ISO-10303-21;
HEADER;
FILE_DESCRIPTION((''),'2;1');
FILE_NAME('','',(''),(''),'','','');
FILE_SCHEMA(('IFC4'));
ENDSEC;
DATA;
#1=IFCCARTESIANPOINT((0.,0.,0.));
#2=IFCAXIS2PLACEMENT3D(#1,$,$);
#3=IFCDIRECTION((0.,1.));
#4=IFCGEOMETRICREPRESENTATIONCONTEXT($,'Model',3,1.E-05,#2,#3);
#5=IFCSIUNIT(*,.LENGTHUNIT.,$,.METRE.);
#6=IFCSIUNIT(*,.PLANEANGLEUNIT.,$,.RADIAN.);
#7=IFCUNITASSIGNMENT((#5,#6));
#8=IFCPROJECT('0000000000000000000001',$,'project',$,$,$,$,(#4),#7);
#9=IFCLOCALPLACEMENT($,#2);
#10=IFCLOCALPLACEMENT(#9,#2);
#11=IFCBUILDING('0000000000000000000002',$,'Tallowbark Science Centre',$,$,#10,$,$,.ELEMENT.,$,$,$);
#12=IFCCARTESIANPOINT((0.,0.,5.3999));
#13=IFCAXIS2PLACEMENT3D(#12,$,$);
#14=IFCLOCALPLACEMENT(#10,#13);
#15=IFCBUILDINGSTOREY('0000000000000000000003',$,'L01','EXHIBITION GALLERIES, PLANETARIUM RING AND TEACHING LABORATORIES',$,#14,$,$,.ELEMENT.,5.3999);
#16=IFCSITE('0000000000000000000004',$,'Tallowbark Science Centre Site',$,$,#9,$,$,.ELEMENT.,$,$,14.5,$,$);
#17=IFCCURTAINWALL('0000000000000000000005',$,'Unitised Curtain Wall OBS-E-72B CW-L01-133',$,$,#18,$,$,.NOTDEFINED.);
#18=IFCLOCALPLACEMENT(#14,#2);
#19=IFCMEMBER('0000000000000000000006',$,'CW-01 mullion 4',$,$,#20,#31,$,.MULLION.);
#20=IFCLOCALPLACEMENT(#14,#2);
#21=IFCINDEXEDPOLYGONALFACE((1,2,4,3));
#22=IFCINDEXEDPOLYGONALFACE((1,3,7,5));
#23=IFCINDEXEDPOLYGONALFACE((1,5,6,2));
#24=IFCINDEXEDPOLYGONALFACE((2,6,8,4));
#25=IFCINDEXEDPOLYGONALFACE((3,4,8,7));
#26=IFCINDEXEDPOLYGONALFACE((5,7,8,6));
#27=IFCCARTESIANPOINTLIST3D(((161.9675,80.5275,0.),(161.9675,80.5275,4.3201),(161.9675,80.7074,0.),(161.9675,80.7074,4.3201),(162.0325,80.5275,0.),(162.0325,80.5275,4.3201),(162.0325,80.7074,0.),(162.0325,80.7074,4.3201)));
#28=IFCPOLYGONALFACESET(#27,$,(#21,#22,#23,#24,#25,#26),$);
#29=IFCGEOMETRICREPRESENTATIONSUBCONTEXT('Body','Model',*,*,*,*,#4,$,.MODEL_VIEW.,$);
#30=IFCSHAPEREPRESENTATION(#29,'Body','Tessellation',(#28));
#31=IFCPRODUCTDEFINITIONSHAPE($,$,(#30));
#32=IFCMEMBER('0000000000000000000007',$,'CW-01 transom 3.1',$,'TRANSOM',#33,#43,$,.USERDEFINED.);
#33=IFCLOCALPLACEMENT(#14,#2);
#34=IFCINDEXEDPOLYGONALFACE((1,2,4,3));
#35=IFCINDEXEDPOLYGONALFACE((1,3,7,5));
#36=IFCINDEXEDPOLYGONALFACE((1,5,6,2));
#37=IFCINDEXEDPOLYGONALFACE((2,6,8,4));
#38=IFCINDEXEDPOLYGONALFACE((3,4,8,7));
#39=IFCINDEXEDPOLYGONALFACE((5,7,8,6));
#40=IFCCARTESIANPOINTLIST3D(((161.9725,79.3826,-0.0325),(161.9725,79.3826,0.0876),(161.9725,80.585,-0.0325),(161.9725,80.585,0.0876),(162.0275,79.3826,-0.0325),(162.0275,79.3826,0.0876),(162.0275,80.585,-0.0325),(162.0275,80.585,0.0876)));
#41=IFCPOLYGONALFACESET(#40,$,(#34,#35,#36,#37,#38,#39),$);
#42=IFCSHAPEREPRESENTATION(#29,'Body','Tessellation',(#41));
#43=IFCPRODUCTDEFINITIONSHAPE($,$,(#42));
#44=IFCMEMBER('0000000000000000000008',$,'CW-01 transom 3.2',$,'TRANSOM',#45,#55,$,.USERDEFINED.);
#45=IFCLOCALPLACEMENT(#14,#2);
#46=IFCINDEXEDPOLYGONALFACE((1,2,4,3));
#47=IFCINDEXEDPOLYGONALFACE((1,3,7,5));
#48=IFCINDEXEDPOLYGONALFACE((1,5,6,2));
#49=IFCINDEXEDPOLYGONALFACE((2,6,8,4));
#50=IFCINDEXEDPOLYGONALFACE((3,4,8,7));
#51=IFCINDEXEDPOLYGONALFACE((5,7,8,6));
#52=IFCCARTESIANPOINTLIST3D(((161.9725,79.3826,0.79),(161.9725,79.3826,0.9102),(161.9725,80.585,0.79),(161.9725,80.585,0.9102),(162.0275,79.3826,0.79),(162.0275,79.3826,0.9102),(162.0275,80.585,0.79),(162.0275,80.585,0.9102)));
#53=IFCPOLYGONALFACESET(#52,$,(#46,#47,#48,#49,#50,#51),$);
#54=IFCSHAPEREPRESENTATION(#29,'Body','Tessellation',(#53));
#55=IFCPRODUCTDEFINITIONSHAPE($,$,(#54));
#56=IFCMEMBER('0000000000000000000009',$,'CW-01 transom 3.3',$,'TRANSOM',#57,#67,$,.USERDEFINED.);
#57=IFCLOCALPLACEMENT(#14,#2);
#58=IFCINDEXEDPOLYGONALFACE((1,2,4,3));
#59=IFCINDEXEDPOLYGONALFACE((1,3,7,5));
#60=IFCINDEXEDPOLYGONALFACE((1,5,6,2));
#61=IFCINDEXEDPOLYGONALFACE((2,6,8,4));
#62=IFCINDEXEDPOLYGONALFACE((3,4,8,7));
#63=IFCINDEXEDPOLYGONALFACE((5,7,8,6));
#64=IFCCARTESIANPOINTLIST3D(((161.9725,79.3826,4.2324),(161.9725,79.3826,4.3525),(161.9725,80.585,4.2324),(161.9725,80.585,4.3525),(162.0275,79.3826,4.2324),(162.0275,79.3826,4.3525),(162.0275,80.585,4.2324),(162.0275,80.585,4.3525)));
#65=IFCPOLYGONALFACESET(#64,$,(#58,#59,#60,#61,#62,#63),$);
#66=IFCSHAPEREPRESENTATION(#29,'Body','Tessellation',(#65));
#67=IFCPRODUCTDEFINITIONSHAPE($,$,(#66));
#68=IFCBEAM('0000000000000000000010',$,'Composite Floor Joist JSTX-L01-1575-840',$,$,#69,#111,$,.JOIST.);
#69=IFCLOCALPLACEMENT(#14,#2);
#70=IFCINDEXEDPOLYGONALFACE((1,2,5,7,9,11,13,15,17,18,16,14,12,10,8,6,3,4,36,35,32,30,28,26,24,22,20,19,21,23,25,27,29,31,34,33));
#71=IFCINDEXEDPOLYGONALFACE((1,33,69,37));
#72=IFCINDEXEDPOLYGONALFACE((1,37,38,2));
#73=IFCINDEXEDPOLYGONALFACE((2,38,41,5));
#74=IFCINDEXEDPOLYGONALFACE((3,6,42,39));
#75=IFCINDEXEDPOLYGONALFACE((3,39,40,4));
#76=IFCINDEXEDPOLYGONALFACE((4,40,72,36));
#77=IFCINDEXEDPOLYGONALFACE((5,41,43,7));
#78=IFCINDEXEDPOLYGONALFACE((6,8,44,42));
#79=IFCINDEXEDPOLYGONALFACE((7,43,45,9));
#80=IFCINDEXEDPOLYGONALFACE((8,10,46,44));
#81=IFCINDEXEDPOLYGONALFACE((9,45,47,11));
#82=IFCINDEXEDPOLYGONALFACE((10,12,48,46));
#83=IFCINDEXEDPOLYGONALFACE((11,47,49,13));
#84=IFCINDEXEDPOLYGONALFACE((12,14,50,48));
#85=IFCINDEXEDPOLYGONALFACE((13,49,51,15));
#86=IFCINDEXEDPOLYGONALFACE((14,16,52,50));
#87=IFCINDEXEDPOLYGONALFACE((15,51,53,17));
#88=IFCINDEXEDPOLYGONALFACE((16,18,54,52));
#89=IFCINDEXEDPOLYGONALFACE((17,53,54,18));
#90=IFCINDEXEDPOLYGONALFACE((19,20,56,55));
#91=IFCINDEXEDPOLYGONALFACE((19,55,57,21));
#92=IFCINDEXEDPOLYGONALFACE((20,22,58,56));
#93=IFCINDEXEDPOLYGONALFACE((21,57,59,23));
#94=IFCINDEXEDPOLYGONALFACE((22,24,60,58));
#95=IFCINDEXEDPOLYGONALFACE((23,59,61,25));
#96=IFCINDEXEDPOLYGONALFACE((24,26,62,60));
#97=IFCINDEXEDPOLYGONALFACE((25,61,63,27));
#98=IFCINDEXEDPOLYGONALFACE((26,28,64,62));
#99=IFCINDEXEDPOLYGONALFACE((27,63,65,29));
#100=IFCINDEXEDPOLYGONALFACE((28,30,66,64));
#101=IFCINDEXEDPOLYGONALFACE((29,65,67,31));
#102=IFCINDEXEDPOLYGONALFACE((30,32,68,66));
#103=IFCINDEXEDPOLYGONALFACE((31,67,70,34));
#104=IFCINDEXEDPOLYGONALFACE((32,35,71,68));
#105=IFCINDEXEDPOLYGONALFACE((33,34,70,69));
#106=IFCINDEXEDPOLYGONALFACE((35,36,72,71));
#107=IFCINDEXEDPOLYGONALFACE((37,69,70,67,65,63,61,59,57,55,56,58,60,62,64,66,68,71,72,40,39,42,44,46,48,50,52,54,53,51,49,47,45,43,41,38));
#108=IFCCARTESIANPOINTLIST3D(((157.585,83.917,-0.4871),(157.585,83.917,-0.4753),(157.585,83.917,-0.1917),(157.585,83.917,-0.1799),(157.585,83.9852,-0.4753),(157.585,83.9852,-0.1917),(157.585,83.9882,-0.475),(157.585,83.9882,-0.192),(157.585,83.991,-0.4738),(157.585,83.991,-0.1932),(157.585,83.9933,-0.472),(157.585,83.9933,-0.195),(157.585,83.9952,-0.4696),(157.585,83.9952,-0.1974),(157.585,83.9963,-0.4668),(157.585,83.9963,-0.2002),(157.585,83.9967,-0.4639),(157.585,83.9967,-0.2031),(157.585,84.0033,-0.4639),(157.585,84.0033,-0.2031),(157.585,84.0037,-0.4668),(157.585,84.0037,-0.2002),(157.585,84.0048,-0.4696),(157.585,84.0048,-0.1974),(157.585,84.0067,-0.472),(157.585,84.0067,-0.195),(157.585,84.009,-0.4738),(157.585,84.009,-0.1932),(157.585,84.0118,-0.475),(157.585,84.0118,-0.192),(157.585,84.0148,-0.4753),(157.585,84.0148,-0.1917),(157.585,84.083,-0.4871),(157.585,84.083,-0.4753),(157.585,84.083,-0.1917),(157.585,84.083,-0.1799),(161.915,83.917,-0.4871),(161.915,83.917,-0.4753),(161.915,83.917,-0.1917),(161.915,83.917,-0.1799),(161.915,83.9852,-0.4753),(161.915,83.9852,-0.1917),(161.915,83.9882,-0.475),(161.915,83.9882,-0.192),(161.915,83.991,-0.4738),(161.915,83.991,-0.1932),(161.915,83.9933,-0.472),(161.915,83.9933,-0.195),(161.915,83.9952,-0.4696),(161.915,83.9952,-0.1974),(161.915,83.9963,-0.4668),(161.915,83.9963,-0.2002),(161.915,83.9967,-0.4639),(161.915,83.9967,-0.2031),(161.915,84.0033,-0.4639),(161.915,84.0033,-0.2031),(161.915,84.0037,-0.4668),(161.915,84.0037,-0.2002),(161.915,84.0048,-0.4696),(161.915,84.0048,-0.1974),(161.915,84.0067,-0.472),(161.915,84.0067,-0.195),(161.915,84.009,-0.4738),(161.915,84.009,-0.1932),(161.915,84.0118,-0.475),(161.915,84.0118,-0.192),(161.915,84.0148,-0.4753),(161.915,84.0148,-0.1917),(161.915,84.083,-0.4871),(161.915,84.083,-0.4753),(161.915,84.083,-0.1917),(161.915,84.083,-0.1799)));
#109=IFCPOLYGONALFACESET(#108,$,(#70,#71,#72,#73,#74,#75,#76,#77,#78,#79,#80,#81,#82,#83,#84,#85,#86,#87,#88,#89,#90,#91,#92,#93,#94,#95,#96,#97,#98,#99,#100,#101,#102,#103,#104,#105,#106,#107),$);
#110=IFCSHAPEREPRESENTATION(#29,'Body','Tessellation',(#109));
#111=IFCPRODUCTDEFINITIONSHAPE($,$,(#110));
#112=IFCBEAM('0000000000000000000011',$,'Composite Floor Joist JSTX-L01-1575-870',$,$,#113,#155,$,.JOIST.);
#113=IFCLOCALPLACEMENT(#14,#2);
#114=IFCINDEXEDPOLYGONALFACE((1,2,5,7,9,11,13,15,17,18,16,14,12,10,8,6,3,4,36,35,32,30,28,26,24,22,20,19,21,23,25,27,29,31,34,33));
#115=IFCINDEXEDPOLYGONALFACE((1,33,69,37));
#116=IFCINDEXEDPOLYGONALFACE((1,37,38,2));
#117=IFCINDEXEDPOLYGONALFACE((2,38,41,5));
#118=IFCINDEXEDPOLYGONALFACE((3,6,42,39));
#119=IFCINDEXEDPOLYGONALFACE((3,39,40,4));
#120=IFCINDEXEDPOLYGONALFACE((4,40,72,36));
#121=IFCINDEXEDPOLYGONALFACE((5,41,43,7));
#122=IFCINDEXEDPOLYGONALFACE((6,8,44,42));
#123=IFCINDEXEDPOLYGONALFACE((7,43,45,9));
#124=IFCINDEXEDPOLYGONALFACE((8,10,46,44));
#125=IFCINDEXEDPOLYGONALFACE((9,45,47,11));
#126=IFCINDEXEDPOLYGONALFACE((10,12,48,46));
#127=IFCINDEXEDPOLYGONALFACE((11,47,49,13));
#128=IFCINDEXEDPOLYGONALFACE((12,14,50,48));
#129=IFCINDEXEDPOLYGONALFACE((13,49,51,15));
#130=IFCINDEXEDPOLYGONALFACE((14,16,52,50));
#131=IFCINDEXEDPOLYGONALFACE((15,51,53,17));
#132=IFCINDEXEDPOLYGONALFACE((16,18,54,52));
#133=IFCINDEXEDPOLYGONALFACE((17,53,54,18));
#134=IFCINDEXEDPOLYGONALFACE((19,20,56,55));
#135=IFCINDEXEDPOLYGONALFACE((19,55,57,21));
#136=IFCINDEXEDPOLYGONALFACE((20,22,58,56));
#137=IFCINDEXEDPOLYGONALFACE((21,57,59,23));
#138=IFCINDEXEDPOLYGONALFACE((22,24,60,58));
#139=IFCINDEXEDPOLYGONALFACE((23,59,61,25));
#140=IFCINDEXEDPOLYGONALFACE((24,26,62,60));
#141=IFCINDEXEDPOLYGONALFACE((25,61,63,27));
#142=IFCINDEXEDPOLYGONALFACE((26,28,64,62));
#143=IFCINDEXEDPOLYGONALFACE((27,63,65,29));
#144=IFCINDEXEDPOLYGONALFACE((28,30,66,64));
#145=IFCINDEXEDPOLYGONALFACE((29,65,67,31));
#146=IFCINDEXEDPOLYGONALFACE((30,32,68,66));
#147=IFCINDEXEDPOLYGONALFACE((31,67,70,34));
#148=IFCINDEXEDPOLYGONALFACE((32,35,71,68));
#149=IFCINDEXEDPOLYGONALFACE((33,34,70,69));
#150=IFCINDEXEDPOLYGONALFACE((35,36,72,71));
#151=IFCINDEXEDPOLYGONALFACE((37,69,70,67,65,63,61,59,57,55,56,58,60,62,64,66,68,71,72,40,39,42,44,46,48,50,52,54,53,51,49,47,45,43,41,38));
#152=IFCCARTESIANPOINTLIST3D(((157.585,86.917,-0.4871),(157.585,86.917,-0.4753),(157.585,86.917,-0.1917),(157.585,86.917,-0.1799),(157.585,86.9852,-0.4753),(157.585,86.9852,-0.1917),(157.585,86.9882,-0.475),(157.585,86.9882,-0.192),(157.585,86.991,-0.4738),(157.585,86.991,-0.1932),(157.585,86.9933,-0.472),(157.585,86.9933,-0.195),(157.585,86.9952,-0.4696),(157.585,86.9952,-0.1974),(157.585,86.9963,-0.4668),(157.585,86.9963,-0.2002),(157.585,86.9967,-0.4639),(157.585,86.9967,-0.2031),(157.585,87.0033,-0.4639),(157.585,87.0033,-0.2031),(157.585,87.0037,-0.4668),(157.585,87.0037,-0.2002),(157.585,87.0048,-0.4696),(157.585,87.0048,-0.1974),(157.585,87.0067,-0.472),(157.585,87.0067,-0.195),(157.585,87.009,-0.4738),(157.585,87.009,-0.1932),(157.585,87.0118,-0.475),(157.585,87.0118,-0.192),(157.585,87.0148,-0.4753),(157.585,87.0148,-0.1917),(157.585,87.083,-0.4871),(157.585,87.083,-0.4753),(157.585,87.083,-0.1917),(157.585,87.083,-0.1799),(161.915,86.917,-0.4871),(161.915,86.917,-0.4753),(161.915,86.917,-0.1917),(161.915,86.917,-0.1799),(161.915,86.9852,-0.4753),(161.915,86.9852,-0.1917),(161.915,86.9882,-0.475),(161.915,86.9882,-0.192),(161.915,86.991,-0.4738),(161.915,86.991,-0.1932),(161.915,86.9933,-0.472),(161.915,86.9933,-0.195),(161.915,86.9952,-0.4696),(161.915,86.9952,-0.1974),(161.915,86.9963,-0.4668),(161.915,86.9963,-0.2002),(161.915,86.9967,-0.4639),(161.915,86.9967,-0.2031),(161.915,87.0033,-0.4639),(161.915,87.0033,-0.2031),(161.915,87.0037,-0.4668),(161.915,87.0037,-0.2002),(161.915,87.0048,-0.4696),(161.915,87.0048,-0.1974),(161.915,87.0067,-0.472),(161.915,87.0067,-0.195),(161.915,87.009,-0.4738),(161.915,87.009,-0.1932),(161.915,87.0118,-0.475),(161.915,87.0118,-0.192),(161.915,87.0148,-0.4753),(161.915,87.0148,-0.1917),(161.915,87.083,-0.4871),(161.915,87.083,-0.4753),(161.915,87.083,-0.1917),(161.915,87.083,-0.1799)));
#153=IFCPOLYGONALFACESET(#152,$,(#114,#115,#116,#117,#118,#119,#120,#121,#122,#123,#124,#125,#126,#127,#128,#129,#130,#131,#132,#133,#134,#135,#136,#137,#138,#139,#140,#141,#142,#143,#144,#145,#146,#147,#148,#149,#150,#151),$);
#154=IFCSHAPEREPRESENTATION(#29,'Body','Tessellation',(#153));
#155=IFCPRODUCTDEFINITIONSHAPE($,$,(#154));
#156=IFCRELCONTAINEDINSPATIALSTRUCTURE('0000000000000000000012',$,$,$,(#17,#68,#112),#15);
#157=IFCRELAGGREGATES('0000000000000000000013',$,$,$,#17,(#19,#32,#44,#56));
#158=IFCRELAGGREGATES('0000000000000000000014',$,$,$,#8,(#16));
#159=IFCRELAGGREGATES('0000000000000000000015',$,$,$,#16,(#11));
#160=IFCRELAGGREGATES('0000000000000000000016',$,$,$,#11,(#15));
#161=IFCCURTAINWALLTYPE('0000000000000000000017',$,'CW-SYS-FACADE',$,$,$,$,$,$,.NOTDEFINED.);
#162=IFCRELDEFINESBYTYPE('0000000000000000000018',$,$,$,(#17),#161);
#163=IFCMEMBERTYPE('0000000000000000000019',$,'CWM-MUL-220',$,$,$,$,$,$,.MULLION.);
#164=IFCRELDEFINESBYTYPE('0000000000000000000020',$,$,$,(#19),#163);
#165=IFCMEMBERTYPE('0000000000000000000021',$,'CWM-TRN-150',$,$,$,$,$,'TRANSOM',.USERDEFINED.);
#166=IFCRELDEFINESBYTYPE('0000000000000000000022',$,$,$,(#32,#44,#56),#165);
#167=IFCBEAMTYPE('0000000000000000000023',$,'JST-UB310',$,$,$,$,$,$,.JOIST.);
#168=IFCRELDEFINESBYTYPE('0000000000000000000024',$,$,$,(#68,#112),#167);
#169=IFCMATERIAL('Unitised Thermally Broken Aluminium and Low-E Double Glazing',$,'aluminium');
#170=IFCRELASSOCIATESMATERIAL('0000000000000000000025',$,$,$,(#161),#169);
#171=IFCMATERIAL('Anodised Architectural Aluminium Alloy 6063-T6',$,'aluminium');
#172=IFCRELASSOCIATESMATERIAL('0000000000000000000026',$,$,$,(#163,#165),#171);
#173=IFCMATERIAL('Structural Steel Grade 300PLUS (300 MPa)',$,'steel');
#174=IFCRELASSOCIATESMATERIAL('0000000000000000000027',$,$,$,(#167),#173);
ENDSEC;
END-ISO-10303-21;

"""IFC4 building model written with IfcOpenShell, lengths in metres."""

from ifc_helpers import new_model, si_unit, direction, frame, origin, origin_2d, place, context, subcontext, project, spatial, rectangle, i_section, extrude, material, material_profile, profile_set, type_object, element, aggregate, save


model = new_model("IFC4")

# Units and contexts
model_context = context("Model", 3, precision=1e-05, world=origin(), true_north=direction((0.0, 1.0)))
body_context = subcontext(model_context, "Body", "Model", "MODEL_VIEW")
ifc_project = project(units=[si_unit("LENGTHUNIT", "METRE"), si_unit("PLANEANGLEUNIT", "RADIAN")], contexts=[model_context])

# Site, building, storey
site_placement = place(None, origin())
site = spatial("IfcSite", under=ifc_project, at=site_placement, Name="Tallowbark Science Centre Site", CompositionType="ELEMENT", RefElevation=14.5)
building_placement = place(site_placement, origin())
building = spatial("IfcBuilding", under=site, at=building_placement, Name="Tallowbark Science Centre", CompositionType="ELEMENT")
storey_placement = place(building_placement, frame((0.0, 0.0, 5.3999)))
storey = spatial("IfcBuildingStorey", under=building, at=storey_placement, Name="L01", Description="EXHIBITION GALLERIES, PLANETARIUM RING AND TEACHING LABORATORIES", CompositionType="ELEMENT", Elevation=5.3999)

# Shared definitions
ifc_material_1 = material(Name="Structural Steel Grade 300PLUS (300 MPa)", Category="steel")

# Curtain wall, members
ifc_material_2 = material(Name="Unitised Thermally Broken Aluminium and Low-E Double Glazing", Category="aluminium")
curtain_wall_type = type_object("IfcCurtainWallType", Name="CW-SYS-FACADE", PredefinedType="NOTDEFINED", material=ifc_material_2)
curtain_wall_placement = place(storey_placement, origin())
curtain_wall = element("IfcCurtainWall", 1, at=curtain_wall_placement, inside=storey, type_object=curtain_wall_type, Name="Unitised Curtain Wall OBS-E-72B CW-L01-133", PredefinedType="NOTDEFINED")
ifc_material_3 = material(Name="Anodised Architectural Aluminium Alloy 6063-T6", Category="aluminium")
ifc_material_profile_1 = material_profile(ifc_material_3, rectangle(XDim=0.0649, YDim=0.1799, at=origin_2d()), Name="ALU65x180")
ifc_profile_set_1 = profile_set([ifc_material_profile_1], Name="Anodised Architectural Aluminium Alloy 6063-T6")
member_type_1 = type_object("IfcMemberType", Name="CWM-MUL-220", PredefinedType="MULLION", material=ifc_profile_set_1)
member_1_placement = place(storey_placement, frame((162.0, 80.6174, 0.0), z_axis=(0.0, 0.0, 1.0), x_axis=(-1.0, 0.0, 0.0)))
member_1 = element("IfcMember", 2, at=member_1_placement, type_object=member_type_1, Name="CW-01 mullion 4", PredefinedType="MULLION", context=body_context, shape_type="SweptSolid", body=[
    extrude(rectangle(XDim=0.0649, YDim=0.1799, at=origin_2d()), origin(), (0.0, 0.0, 1.0), 4.3201),
])
ifc_material_profile_2 = material_profile(ifc_material_3, rectangle(XDim=0.0549, YDim=0.1201, at=origin_2d()), Name="ALU55x120")
ifc_profile_set_2 = profile_set([ifc_material_profile_2], Name="Anodised Architectural Aluminium Alloy 6063-T6")
member_type_2 = type_object("IfcMemberType", Name="CWM-TRN-150", ElementType="TRANSOM", PredefinedType="USERDEFINED", material=ifc_profile_set_2)
member_2_placement = place(storey_placement, frame((162.0, 79.3826, 0.0276), z_axis=(0.0, 1.0, 0.0), x_axis=(-1.0, 0.0, 0.0)))
member_2 = element("IfcMember", 3, at=member_2_placement, type_object=member_type_2, Name="CW-01 transom 3.1", ObjectType="TRANSOM", PredefinedType="USERDEFINED", context=body_context, shape_type="SweptSolid", body=[
    extrude(rectangle(XDim=0.0549, YDim=0.1201, at=origin_2d()), origin(), (0.0, 0.0, 1.0), 1.2024),
])
member_3_placement = place(storey_placement, frame((162.0, 79.3826, 0.8501), z_axis=(0.0, 1.0, 0.0), x_axis=(-1.0, 0.0, 0.0)))
member_3 = element("IfcMember", 4, at=member_3_placement, type_object=member_type_2, Name="CW-01 transom 3.2", ObjectType="TRANSOM", PredefinedType="USERDEFINED", context=body_context, shape_type="SweptSolid", body=[
    extrude(rectangle(XDim=0.0549, YDim=0.1201, at=origin_2d()), origin(), (0.0, 0.0, 1.0), 1.2024),
])
member_4_placement = place(storey_placement, frame((162.0, 79.3826, 4.2925), z_axis=(0.0, 1.0, 0.0), x_axis=(-1.0, 0.0, 0.0)))
member_4 = element("IfcMember", 5, at=member_4_placement, type_object=member_type_2, Name="CW-01 transom 3.3", ObjectType="TRANSOM", PredefinedType="USERDEFINED", context=body_context, shape_type="SweptSolid", body=[
    extrude(rectangle(XDim=0.0549, YDim=0.1201, at=origin_2d()), origin(), (0.0, 0.0, 1.0), 1.2024),
])

# Beams
ifc_material_profile_3 = material_profile(ifc_material_1, i_section(OverallWidth=0.166, OverallDepth=0.3071, WebThickness=0.0066, FlangeThickness=0.0117, FilletRadius=0.0115, at=origin_2d()), Name="310UB46.2")
ifc_profile_set_3 = profile_set([ifc_material_profile_3], Name="Structural Steel Grade 300PLUS (300 MPa)")
beam_type_1 = type_object("IfcBeamType", Name="JST-UB310", PredefinedType="JOIST", material=ifc_profile_set_3)
for number, where, z_axis, x_axis, name in (
    (6, (157.585, 84.0, -0.3335), (1.0, 0.0, 0.0), (0.0, 1.0, 0.0), "Composite Floor Joist JSTX-L01-1575-840"),
    (7, (157.585, 87.0, -0.3335), (1.0, 0.0, 0.0), (0.0, 1.0, 0.0), "Composite Floor Joist JSTX-L01-1575-870"),
):
    element("IfcBeam", number, at=place(storey_placement, frame(where, z_axis=z_axis, x_axis=x_axis)), inside=storey, type_object=beam_type_1, Name=name, PredefinedType="JOIST", context=body_context, shape_type="SweptSolid", body=[
        extrude(i_section(OverallWidth=0.166, OverallDepth=0.3071, WebThickness=0.0066, FlangeThickness=0.0117, FilletRadius=0.0115, at=origin_2d()), origin(), (0.0, 0.0, 1.0), 4.3301),
    ])

aggregate(curtain_wall, [member_1, member_2, member_3, member_4])

save(model, "model.ifc")
